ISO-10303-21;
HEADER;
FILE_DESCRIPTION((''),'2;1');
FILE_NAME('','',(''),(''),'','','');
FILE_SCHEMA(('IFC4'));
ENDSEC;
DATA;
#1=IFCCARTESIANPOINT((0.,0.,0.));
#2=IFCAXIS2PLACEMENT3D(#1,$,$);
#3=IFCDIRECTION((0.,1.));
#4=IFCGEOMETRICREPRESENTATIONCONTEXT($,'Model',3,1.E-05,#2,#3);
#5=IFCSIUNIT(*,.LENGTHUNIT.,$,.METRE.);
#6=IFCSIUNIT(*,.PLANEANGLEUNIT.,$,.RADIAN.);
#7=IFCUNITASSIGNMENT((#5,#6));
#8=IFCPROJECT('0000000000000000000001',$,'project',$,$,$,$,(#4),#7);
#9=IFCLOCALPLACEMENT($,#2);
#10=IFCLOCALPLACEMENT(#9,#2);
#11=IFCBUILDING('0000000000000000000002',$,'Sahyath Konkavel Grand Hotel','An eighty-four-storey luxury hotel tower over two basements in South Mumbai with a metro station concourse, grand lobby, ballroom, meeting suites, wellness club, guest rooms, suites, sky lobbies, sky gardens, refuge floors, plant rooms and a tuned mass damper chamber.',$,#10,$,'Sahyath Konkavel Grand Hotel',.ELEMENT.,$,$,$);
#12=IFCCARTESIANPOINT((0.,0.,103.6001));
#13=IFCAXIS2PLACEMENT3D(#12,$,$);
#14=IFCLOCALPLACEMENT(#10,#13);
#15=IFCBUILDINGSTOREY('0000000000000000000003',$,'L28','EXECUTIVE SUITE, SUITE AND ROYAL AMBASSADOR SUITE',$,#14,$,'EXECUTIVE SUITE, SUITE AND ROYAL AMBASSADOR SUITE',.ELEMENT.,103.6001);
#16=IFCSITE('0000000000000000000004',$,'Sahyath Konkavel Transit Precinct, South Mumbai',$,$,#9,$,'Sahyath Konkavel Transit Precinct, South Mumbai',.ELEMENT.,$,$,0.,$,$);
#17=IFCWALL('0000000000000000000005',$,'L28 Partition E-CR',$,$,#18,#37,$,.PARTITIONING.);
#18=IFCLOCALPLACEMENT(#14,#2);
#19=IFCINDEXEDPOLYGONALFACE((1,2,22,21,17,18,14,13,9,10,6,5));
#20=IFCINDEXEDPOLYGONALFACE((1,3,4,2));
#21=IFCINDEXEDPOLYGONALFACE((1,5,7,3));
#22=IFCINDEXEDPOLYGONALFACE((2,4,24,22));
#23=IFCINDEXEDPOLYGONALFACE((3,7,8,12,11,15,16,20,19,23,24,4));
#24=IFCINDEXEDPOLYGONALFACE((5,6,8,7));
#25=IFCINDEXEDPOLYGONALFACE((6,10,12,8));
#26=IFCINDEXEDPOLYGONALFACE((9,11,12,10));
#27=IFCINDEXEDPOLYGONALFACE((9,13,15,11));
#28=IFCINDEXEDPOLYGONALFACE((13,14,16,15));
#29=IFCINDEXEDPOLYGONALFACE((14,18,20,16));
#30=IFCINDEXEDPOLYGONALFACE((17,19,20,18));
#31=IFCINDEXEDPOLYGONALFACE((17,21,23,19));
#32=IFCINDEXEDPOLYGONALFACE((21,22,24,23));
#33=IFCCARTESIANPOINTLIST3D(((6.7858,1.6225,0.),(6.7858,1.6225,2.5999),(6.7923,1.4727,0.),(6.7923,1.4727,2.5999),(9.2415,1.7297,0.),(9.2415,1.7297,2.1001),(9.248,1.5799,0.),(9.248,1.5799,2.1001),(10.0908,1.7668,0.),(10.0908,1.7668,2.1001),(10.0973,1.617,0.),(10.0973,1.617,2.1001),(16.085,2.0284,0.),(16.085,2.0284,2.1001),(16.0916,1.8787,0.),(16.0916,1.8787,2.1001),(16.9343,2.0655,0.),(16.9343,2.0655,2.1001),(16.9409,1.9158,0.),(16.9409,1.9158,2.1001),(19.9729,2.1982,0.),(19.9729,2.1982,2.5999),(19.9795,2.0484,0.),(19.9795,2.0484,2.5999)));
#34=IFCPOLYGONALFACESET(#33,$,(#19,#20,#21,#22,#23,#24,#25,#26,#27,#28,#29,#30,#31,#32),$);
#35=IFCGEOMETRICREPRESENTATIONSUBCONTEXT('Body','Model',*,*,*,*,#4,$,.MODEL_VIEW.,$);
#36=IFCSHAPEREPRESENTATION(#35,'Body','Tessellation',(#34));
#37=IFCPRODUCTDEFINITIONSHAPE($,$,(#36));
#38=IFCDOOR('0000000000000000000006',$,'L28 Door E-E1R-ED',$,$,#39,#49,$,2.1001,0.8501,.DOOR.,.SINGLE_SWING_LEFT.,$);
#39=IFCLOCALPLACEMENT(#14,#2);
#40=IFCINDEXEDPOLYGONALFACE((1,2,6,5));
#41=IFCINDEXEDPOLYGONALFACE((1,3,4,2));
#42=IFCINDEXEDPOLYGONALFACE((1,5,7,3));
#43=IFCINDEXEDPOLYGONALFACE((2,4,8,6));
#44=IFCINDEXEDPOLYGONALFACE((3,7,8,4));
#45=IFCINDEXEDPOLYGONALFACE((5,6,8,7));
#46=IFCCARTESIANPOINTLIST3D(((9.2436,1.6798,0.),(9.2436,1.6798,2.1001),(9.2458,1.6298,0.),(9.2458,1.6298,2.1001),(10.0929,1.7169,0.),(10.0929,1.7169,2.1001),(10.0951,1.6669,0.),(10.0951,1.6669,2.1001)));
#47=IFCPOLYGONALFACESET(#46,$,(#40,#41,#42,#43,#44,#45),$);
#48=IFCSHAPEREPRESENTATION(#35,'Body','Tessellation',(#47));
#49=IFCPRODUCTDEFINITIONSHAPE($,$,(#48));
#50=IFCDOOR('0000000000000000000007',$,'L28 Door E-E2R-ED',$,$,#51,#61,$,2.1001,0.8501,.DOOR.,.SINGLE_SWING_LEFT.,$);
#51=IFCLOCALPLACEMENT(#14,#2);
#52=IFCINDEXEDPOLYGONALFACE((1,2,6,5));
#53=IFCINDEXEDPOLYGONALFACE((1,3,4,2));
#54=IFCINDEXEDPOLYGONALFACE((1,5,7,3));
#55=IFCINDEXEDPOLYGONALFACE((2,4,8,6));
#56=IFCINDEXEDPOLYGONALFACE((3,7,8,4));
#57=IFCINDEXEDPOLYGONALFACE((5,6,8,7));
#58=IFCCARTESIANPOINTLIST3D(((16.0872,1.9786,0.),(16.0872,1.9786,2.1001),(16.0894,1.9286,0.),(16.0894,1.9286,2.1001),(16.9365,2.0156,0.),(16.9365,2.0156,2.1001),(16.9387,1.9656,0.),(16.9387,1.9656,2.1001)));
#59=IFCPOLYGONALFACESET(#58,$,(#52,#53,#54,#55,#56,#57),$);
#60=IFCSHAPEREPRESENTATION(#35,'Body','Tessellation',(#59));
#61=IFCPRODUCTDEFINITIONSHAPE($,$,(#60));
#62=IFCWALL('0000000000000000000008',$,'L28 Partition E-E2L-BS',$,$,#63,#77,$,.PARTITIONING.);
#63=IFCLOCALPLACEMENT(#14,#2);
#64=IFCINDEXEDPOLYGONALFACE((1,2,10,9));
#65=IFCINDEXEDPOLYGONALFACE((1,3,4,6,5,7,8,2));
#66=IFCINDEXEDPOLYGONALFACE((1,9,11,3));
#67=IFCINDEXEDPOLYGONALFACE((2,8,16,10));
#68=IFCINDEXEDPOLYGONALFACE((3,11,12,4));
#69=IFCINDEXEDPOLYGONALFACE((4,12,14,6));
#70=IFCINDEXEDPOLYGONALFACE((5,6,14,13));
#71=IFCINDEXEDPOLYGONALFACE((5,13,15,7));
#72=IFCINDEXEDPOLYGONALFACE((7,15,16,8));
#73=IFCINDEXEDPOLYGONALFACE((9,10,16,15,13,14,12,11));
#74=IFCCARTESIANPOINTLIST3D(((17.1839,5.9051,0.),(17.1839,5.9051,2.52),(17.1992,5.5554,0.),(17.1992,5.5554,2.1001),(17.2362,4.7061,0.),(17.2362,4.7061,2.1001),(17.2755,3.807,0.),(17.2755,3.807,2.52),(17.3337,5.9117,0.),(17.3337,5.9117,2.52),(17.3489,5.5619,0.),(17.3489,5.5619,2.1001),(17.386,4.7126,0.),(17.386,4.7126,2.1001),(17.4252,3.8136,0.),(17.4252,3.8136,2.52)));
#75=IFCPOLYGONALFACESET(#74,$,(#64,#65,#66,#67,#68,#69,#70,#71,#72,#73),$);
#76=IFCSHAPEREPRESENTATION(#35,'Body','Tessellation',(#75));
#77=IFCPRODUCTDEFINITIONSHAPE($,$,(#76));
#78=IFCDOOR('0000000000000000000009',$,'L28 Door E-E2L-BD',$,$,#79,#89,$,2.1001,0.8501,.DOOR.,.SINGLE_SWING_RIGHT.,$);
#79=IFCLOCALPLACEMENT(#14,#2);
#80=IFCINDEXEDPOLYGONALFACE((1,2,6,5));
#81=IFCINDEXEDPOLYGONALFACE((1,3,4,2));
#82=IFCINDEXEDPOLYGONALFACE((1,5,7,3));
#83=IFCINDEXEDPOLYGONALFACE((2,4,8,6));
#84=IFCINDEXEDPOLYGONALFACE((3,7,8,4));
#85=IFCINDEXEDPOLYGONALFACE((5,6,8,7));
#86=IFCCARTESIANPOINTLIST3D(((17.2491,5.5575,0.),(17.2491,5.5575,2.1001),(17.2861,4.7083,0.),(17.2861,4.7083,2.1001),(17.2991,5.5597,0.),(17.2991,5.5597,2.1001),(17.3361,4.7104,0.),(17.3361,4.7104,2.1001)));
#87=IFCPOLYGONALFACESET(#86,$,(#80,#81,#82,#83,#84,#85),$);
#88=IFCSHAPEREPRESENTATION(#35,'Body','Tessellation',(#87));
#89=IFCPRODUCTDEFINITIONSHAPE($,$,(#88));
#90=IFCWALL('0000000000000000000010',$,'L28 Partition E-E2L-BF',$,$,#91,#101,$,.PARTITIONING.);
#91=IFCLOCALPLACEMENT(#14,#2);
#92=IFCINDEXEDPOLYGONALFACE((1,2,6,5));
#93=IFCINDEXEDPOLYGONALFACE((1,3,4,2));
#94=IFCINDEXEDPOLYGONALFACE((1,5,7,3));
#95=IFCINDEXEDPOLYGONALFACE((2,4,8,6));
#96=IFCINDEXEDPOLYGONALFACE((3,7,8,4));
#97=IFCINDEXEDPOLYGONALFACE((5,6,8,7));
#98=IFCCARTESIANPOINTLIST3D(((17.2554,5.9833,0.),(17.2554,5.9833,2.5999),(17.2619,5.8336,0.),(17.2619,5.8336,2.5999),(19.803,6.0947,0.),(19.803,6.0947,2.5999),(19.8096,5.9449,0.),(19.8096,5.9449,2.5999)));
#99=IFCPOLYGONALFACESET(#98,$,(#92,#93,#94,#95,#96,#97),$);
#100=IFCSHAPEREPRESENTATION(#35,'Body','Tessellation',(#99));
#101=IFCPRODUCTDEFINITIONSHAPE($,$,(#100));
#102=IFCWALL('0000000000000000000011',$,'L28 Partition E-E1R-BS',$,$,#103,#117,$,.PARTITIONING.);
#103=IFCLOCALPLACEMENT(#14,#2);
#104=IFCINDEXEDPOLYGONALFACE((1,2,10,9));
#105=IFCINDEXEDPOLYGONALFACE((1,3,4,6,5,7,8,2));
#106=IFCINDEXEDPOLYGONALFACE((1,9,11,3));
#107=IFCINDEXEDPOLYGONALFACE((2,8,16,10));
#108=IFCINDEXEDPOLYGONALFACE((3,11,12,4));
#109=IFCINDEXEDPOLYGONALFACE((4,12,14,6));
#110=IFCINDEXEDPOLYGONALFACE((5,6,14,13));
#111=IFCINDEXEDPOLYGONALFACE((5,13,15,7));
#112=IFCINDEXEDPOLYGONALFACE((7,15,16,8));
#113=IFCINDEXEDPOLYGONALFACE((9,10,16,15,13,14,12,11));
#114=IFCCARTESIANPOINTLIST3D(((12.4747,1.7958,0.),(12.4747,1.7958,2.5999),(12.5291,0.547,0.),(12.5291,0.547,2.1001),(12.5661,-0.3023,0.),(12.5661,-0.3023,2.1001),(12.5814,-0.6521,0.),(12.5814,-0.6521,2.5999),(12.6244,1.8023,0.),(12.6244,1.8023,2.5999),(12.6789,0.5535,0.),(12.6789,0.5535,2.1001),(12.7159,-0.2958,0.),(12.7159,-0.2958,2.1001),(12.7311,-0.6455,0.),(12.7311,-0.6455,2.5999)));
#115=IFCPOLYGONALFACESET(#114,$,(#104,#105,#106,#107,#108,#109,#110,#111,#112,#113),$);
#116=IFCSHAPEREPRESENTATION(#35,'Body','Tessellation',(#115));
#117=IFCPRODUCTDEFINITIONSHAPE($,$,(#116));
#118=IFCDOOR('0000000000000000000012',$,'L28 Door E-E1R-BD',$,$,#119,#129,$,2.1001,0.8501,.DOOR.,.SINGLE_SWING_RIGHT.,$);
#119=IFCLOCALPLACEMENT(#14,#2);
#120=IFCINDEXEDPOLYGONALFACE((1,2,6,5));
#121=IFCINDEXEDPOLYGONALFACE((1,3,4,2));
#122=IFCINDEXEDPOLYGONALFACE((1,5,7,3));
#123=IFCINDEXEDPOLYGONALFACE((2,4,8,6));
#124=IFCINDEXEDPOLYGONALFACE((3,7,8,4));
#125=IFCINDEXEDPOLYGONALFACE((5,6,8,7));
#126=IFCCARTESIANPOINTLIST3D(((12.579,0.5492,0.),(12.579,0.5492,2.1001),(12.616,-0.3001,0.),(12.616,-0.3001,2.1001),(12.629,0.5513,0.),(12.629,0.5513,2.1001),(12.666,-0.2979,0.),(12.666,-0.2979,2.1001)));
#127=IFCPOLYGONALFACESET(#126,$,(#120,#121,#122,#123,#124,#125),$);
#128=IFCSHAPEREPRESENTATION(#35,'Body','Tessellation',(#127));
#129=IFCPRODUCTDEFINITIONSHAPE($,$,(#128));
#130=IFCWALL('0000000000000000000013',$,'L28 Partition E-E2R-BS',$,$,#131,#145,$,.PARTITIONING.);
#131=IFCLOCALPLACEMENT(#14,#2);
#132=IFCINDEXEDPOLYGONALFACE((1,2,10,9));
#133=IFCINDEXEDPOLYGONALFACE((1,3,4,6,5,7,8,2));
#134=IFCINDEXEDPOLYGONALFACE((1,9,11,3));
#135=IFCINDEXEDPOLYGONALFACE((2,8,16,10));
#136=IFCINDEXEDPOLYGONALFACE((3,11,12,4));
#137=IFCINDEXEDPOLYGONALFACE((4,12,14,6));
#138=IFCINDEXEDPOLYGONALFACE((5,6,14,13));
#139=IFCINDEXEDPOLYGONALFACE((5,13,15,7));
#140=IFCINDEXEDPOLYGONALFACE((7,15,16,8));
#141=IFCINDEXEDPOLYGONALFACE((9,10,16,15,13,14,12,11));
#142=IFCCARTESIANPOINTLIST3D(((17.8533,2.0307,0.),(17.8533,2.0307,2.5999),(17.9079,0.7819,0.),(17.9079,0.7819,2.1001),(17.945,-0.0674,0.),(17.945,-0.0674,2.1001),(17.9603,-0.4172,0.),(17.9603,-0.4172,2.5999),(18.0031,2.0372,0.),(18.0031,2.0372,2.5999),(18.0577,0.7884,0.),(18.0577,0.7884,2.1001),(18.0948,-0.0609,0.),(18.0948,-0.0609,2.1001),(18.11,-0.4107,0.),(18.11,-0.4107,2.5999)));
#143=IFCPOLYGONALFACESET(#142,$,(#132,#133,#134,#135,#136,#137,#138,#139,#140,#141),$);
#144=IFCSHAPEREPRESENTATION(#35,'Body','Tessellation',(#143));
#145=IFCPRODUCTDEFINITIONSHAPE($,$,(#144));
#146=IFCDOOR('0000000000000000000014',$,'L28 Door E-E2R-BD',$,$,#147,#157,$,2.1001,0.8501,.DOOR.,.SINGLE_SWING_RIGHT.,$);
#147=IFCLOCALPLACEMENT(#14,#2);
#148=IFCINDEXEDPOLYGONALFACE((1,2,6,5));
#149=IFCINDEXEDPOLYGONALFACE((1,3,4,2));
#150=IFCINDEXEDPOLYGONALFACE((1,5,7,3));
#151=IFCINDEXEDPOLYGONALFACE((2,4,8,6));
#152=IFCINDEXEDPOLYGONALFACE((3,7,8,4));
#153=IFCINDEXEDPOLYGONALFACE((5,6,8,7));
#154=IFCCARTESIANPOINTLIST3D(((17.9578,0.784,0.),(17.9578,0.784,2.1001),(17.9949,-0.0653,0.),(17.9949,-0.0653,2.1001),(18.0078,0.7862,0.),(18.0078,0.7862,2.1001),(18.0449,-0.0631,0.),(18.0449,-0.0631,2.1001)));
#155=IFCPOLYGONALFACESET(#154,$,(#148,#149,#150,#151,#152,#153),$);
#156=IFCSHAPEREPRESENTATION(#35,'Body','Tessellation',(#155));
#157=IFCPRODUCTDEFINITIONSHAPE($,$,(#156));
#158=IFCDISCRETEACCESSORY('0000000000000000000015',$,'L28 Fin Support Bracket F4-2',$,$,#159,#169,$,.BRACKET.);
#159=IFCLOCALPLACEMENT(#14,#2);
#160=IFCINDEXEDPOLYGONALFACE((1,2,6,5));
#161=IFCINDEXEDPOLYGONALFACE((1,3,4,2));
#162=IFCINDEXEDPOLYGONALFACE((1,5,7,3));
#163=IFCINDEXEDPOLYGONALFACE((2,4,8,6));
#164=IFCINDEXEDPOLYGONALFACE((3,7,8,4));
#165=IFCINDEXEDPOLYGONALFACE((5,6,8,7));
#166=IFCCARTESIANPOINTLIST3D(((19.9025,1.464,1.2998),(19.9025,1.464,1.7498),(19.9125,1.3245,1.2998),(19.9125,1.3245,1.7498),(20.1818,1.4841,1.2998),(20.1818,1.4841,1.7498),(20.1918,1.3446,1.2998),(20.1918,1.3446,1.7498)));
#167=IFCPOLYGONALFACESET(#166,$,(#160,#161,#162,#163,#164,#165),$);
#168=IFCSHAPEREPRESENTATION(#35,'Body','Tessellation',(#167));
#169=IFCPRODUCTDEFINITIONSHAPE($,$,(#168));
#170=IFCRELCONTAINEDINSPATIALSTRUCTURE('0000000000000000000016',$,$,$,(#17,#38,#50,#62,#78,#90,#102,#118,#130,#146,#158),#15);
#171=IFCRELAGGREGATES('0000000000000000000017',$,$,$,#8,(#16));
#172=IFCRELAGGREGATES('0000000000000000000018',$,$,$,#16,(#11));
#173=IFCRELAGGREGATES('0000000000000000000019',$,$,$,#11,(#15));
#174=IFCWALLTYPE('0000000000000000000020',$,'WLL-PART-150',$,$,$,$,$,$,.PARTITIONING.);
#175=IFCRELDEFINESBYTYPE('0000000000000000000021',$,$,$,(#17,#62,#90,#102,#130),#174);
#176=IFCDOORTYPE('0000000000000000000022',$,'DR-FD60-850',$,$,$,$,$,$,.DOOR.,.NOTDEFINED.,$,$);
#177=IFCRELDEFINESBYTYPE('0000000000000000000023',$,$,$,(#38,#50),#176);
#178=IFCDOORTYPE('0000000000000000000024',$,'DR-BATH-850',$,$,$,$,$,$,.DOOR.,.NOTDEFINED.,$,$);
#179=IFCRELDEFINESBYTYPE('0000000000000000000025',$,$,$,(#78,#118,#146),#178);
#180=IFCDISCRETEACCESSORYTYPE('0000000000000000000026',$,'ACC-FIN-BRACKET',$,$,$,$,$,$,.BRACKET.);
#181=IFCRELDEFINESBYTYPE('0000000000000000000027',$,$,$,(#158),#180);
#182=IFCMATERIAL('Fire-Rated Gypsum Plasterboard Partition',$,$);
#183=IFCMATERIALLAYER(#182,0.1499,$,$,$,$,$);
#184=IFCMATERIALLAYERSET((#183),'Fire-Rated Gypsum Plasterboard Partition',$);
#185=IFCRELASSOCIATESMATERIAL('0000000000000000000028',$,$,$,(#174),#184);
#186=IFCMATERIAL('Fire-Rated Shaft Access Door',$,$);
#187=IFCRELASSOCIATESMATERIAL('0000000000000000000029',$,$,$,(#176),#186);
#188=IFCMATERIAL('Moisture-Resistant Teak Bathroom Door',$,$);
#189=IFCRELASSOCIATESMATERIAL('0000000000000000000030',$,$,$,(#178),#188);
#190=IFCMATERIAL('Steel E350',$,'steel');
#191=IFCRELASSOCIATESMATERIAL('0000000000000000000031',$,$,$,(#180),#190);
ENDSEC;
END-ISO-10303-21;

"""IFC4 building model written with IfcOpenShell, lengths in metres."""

from ifc_helpers import new_model, si_unit, direction, frame, frame_2d, origin, origin_2d, place, context, subcontext, project, spatial, rectangle, extrude, source, transform, mapped, material, layer, layer_set, type_object, element, fill, save


model = new_model("IFC4")

# Units and contexts
model_context = context("Model", 3, precision=1e-05, world=origin(), true_north=direction((0.0, 1.0)))
body_context = subcontext(model_context, "Body", "Model", "MODEL_VIEW")
ifc_project = project(units=[si_unit("LENGTHUNIT", "METRE"), si_unit("PLANEANGLEUNIT", "RADIAN")], contexts=[model_context])

# Site, building, storey
site_placement = place(None, origin())
site = spatial("IfcSite", under=ifc_project, at=site_placement, Name="Sahyath Konkavel Transit Precinct, South Mumbai", LongName="Sahyath Konkavel Transit Precinct, South Mumbai", CompositionType="ELEMENT", RefElevation=0.0)
building_placement = place(site_placement, origin())
building = spatial("IfcBuilding", under=site, at=building_placement, Name="Sahyath Konkavel Grand Hotel", Description="An eighty-four-storey luxury hotel tower over two basements in South Mumbai with a metro station concourse, grand lobby, ballroom, meeting suites, wellness club, guest rooms, suites, sky lobbies, sky gardens, refuge floors, plant rooms and a tuned mass damper chamber.", LongName="Sahyath Konkavel Grand Hotel", CompositionType="ELEMENT")
storey_placement = place(building_placement, frame((0.0, 0.0, 103.6001)))
storey = spatial("IfcBuildingStorey", under=building, at=storey_placement, Name="L28", Description="EXECUTIVE SUITE, SUITE AND ROYAL AMBASSADOR SUITE", LongName="EXECUTIVE SUITE, SUITE AND ROYAL AMBASSADOR SUITE", CompositionType="ELEMENT", Elevation=103.6001)

# Shared definitions
ifc_material_1 = material(Name="Steel E350", Category="steel")

# Wall, openings, doors
ifc_material_2 = material(Name="Fire-Rated Gypsum Plasterboard Partition")
ifc_layer_1 = layer(ifc_material_2, 0.1499)
ifc_layer_set_1 = layer_set([ifc_layer_1], Name="Fire-Rated Gypsum Plasterboard Partition")
wall_type_1 = type_object("IfcWallType", Name="WLL-PART-150", PredefinedType="PARTITIONING", material=ifc_layer_set_1)
wall_1_placement = place(storey_placement, frame((6.7891, 1.5476, 0.0), z_axis=(0.0, 0.0, 1.0), x_axis=(0.999049, 0.043613, 0.0)))
wall_1 = element("IfcWall", 1, at=wall_1_placement, inside=storey, type_object=wall_type_1, Name="L28 Partition E-CR", PredefinedType="PARTITIONING", context=body_context, shape_type="SweptSolid", body=[
    extrude(rectangle(XDim=13.1997, YDim=0.1499, at=frame_2d((6.5999, 0.0))), origin(), (0.0, 0.0, 1.0), 2.5999),
])
opening_1_placement = place(wall_1_placement, frame((2.458, 0.0, 0.0)))
opening_1 = element("IfcOpeningElement", 2, at=opening_1_placement, cuts=wall_1, PredefinedType="OPENING", context=body_context, shape_type="SweptSolid", body=[
    extrude(rectangle(XDim=0.8501, YDim=2.1001, at=frame_2d((0.425, 1.05))), frame((0.0, 0.085, 0.0), z_axis=(0.0, -1.0, 0.0), x_axis=(1.0, 0.0, 0.0)), (0.0, 0.0, 1.0), 0.1699),
])
opening_2_placement = place(wall_1_placement, frame((9.3081, 0.0, 0.0)))
opening_2 = element("IfcOpeningElement", 3, at=opening_2_placement, cuts=wall_1, PredefinedType="OPENING", context=body_context, shape_type="SweptSolid", body=[
    extrude(rectangle(XDim=0.8501, YDim=2.1001, at=frame_2d((0.425, 1.05))), frame((0.0, 0.085, 0.0), z_axis=(0.0, -1.0, 0.0), x_axis=(1.0, 0.0, 0.0)), (0.0, 0.0, 1.0), 0.1699),
])
ifc_material_3 = material(Name="Fire-Rated Shaft Access Door")
door_type_1 = type_object("IfcDoorType", Name="DR-FD60-850", OperationType="NOTDEFINED", PredefinedType="DOOR", material=ifc_material_3)
shared_shape_1 = source(origin(), body_context, "Body", "SweptSolid", [
    extrude(rectangle(XDim=0.8501, YDim=0.05, at=origin_2d()), origin(), (0.0, 0.0, 1.0), 2.1001),
])
door_1_placement = place(opening_1_placement, frame((0.425, 0.0, 0.0)))
door_1 = element("IfcDoor", 4, at=door_1_placement, inside=storey, type_object=door_type_1, Name="L28 Door E-E1R-ED", OperationType="SINGLE_SWING_LEFT", OverallHeight=2.1001, OverallWidth=0.8501, PredefinedType="DOOR", context=body_context, shape_type="MappedRepresentation", body=[
    mapped(shared_shape_1, transform((0.0, 0.0, 0.0), scale=1.0)),
])
fill(opening_1, door_1)
door_2_placement = place(opening_2_placement, frame((0.425, 0.0, 0.0)))
door_2 = element("IfcDoor", 5, at=door_2_placement, inside=storey, type_object=door_type_1, Name="L28 Door E-E2R-ED", OperationType="SINGLE_SWING_LEFT", OverallHeight=2.1001, OverallWidth=0.8501, PredefinedType="DOOR", context=body_context, shape_type="MappedRepresentation", body=[
    mapped(shared_shape_1, transform((0.0, 0.0, 0.0), scale=1.0)),
])
fill(opening_2, door_2)

# Wall, opening, door
wall_2_placement = place(storey_placement, frame((17.3503, 3.8103, 0.0), z_axis=(0.0, 0.0, 1.0), x_axis=(-0.043594, 0.999049, 0.0)))
wall_2 = element("IfcWall", 6, at=wall_2_placement, inside=storey, type_object=wall_type_1, Name="L28 Partition E-E2L-BS", PredefinedType="PARTITIONING", context=body_context, shape_type="SweptSolid", body=[
    extrude(rectangle(XDim=2.1001, YDim=0.1499, at=frame_2d((1.05, 0.0))), origin(), (0.0, 0.0, 1.0), 2.52),
])
opening_3_placement = place(wall_2_placement, frame((0.8999, 0.0, 0.0)))
opening_3 = element("IfcOpeningElement", 7, at=opening_3_placement, cuts=wall_2, PredefinedType="OPENING", context=body_context, shape_type="SweptSolid", body=[
    extrude(rectangle(XDim=0.8501, YDim=2.1001, at=frame_2d((0.425, 1.05))), frame((0.0, 0.085, 0.0), z_axis=(0.0, -1.0, 0.0), x_axis=(1.0, 0.0, 0.0)), (0.0, 0.0, 1.0), 0.1699),
])
ifc_material_4 = material(Name="Moisture-Resistant Teak Bathroom Door")
door_type_2 = type_object("IfcDoorType", Name="DR-BATH-850", OperationType="NOTDEFINED", PredefinedType="DOOR", material=ifc_material_4)
door_3_placement = place(opening_3_placement, frame((0.425, 0.0, 0.0)))
door_3 = element("IfcDoor", 8, at=door_3_placement, inside=storey, type_object=door_type_2, Name="L28 Door E-E2L-BD", OperationType="SINGLE_SWING_RIGHT", OverallHeight=2.1001, OverallWidth=0.8501, PredefinedType="DOOR", context=body_context, shape_type="MappedRepresentation", body=[
    mapped(shared_shape_1, transform((0.0, 0.0, 0.0), scale=1.0)),
])
fill(opening_3, door_3)

# Wall
wall_3_placement = place(storey_placement, frame((17.2588, 5.9084, 0.0), z_axis=(0.0, 0.0, 1.0), x_axis=(0.999047, 0.043657, 0.0)))
element("IfcWall", 9, at=wall_3_placement, inside=storey, type_object=wall_type_1, Name="L28 Partition E-E2L-BF", PredefinedType="PARTITIONING", context=body_context, shape_type="SweptSolid", body=[
    extrude(rectangle(XDim=2.55, YDim=0.1499, at=frame_2d((1.2749, 0.0))), origin(), (0.0, 0.0, 1.0), 2.5999),
])

# Walls, openings, doors
wall_4_placement = place(storey_placement, frame((12.5496, 1.7991, 0.0), z_axis=(0.0, 0.0, 1.0), x_axis=(0.043545, -0.999051, 0.0)))
wall_4 = element("IfcWall", 10, at=wall_4_placement, inside=storey, type_object=wall_type_1, Name="L28 Partition E-E1R-BS", PredefinedType="PARTITIONING", context=body_context, shape_type="SweptSolid", body=[
    extrude(rectangle(XDim=2.4502, YDim=0.1499, at=frame_2d((1.2251, 0.0))), origin(), (0.0, 0.0, 1.0), 2.5999),
])
opening_4_placement = place(wall_4_placement, frame((1.25, 0.0, 0.0)))
opening_4 = element("IfcOpeningElement", 11, at=opening_4_placement, cuts=wall_4, PredefinedType="OPENING", context=body_context, shape_type="SweptSolid", body=[
    extrude(rectangle(XDim=0.8501, YDim=2.1001, at=frame_2d((0.425, 1.05))), frame((0.0, 0.085, 0.0), z_axis=(0.0, -1.0, 0.0), x_axis=(1.0, 0.0, 0.0)), (0.0, 0.0, 1.0), 0.1699),
])
door_4_placement = place(opening_4_placement, frame((0.425, 0.0, 0.0)))
door_4 = element("IfcDoor", 12, at=door_4_placement, inside=storey, type_object=door_type_2, Name="L28 Door E-E1R-BD", OperationType="SINGLE_SWING_RIGHT", OverallHeight=2.1001, OverallWidth=0.8501, PredefinedType="DOOR", context=body_context, shape_type="MappedRepresentation", body=[
    mapped(shared_shape_1, transform((0.0, 0.0, 0.0), scale=1.0)),
])
fill(opening_4, door_4)
wall_5_placement = place(storey_placement, frame((17.9282, 2.0339, 0.0), z_axis=(0.0, 0.0, 1.0), x_axis=(0.043645, -0.999047, 0.0)))
wall_5 = element("IfcWall", 13, at=wall_5_placement, inside=storey, type_object=wall_type_1, Name="L28 Partition E-E2R-BS", PredefinedType="PARTITIONING", context=body_context, shape_type="SweptSolid", body=[
    extrude(rectangle(XDim=2.4502, YDim=0.1499, at=frame_2d((1.2251, 0.0))), origin(), (0.0, 0.0, 1.0), 2.5999),
])
opening_5_placement = place(wall_5_placement, frame((1.25, 0.0, 0.0)))
opening_5 = element("IfcOpeningElement", 14, at=opening_5_placement, cuts=wall_5, PredefinedType="OPENING", context=body_context, shape_type="SweptSolid", body=[
    extrude(rectangle(XDim=0.8501, YDim=2.1001, at=frame_2d((0.425, 1.05))), frame((0.0, 0.085, 0.0), z_axis=(0.0, -1.0, 0.0), x_axis=(1.0, 0.0, 0.0)), (0.0, 0.0, 1.0), 0.1699),
])
door_5_placement = place(opening_5_placement, frame((0.425, 0.0, 0.0)))
door_5 = element("IfcDoor", 15, at=door_5_placement, inside=storey, type_object=door_type_2, Name="L28 Door E-E2R-BD", OperationType="SINGLE_SWING_RIGHT", OverallHeight=2.1001, OverallWidth=0.8501, PredefinedType="DOOR", context=body_context, shape_type="MappedRepresentation", body=[
    mapped(shared_shape_1, transform((0.0, 0.0, 0.0), scale=1.0)),
])
fill(opening_5, door_5)

# Discrete accessory
discrete_accessory_type = type_object("IfcDiscreteAccessoryType", Name="ACC-FIN-BRACKET", PredefinedType="BRACKET", material=ifc_material_1)
shared_shape_2 = source(origin(), body_context, "Body", "SweptSolid", [
    extrude(rectangle(XDim=0.28, YDim=0.1399, at=origin_2d()), origin(), (0.0, 0.0, 1.0), 0.45),
])
discrete_accessory_placement = place(storey_placement, frame((20.0471, 1.4043, 1.2998), z_axis=(0.0, 0.0, 1.0), x_axis=(0.997436, 0.071567, 0.0)))
element("IfcDiscreteAccessory", 16, at=discrete_accessory_placement, inside=storey, type_object=discrete_accessory_type, Name="L28 Fin Support Bracket F4-2", PredefinedType="BRACKET", context=body_context, shape_type="MappedRepresentation", body=[
    mapped(shared_shape_2, transform((0.0, 0.0, 0.0), scale=1.0)),
])

save(model, "model.ifc")
